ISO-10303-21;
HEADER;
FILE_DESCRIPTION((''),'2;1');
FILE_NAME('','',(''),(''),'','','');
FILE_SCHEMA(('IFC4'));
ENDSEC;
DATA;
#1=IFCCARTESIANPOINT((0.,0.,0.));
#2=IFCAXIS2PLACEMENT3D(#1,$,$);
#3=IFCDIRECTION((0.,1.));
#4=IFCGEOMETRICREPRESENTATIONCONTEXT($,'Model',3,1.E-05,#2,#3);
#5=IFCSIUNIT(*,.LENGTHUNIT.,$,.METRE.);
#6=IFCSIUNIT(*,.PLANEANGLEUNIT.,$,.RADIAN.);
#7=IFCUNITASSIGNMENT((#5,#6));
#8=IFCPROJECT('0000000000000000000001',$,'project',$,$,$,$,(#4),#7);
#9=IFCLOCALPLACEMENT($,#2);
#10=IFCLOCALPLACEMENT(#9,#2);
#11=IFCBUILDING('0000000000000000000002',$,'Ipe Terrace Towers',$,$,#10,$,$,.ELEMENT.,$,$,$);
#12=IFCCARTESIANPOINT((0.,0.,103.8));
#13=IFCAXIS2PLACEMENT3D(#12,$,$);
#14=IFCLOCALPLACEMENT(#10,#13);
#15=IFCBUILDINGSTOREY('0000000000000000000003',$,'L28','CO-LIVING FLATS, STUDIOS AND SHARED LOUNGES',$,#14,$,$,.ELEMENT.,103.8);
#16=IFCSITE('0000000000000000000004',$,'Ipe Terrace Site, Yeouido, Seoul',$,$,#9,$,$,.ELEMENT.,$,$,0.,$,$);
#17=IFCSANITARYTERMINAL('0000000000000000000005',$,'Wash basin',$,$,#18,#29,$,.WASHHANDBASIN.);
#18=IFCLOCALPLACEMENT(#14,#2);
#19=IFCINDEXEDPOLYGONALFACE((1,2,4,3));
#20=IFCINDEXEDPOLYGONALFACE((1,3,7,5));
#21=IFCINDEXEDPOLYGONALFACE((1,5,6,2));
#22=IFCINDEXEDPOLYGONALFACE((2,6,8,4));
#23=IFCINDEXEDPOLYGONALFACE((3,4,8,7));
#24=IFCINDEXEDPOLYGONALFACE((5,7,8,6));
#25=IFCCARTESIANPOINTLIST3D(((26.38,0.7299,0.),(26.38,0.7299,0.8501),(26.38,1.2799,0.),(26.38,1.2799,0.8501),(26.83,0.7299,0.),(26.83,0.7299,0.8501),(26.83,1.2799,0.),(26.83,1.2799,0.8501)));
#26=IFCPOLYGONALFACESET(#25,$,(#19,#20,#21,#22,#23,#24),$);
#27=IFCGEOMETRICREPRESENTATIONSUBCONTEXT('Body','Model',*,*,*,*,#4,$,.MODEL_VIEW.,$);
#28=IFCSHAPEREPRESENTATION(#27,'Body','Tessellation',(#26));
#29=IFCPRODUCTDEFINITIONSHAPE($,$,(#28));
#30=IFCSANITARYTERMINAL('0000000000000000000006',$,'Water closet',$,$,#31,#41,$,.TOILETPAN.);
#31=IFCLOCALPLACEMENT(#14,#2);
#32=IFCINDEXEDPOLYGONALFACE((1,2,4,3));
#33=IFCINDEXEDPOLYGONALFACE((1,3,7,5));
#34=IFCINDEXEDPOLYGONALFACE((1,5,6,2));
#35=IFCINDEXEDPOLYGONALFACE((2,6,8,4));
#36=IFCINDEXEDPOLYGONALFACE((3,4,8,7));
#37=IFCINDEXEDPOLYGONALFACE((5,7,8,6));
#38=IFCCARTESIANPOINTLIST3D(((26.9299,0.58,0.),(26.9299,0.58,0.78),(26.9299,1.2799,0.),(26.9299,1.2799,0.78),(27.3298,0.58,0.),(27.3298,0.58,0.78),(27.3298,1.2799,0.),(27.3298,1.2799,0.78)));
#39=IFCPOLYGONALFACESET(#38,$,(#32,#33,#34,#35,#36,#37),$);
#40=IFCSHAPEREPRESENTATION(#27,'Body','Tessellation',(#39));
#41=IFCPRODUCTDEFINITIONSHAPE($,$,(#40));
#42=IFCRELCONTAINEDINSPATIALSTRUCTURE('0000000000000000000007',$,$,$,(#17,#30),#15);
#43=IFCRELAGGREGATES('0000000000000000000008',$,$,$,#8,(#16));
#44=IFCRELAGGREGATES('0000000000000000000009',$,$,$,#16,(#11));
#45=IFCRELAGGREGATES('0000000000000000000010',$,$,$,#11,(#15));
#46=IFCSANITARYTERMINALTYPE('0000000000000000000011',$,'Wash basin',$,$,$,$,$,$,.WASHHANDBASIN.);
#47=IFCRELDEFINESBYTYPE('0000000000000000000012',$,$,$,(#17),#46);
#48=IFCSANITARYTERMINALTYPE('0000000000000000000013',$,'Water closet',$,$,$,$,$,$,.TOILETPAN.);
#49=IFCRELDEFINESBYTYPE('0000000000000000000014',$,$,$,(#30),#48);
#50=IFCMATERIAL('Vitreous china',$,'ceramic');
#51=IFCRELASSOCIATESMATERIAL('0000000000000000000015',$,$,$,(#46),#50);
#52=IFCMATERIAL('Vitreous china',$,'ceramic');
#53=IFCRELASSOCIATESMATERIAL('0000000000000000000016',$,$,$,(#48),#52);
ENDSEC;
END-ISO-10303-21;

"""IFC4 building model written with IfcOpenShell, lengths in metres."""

from ifc_helpers import new_model, si_unit, direction, frame, origin, origin_2d, place, context, subcontext, project, spatial, rectangle, extrude, material, type_object, element, save


model = new_model("IFC4")

# Units and contexts
model_context = context("Model", 3, precision=1e-05, world=origin(), true_north=direction((0.0, 1.0)))
body_context = subcontext(model_context, "Body", "Model", "MODEL_VIEW")
ifc_project = project(units=[si_unit("LENGTHUNIT", "METRE"), si_unit("PLANEANGLEUNIT", "RADIAN")], contexts=[model_context])

# Site, building, storey
site_placement = place(None, origin())
site = spatial("IfcSite", under=ifc_project, at=site_placement, Name="Ipe Terrace Site, Yeouido, Seoul", CompositionType="ELEMENT", RefElevation=0.0)
building_placement = place(site_placement, origin())
building = spatial("IfcBuilding", under=site, at=building_placement, Name="Ipe Terrace Towers", CompositionType="ELEMENT")
storey_placement = place(building_placement, frame((0.0, 0.0, 103.8)))
storey = spatial("IfcBuildingStorey", under=building, at=storey_placement, Name="L28", Description="CO-LIVING FLATS, STUDIOS AND SHARED LOUNGES", CompositionType="ELEMENT", Elevation=103.8)

# Sanitary terminals
ifc_material_1 = material(Name="Vitreous china", Category="ceramic")
sanitary_terminal_type_1 = type_object("IfcSanitaryTerminalType", Name="Wash basin", PredefinedType="WASHHANDBASIN", material=ifc_material_1)
sanitary_terminal_1_placement = place(storey_placement, frame((26.605, 1.0049, 0.0), z_axis=(0.0, 0.0, 1.0), x_axis=(0.0, -1.0, 0.0)))
element("IfcSanitaryTerminal", 1, at=sanitary_terminal_1_placement, inside=storey, type_object=sanitary_terminal_type_1, Name="Wash basin", PredefinedType="WASHHANDBASIN", context=body_context, shape_type="SweptSolid", body=[
    extrude(rectangle(XDim=0.55, YDim=0.45, at=origin_2d()), origin(), (0.0, 0.0, 1.0), 0.8501),
])
ifc_material_2 = material(Name="Vitreous china", Category="ceramic")
sanitary_terminal_type_2 = type_object("IfcSanitaryTerminalType", Name="Water closet", PredefinedType="TOILETPAN", material=ifc_material_2)
sanitary_terminal_2_placement = place(storey_placement, frame((27.1299, 0.9299, 0.0), z_axis=(0.0, 0.0, 1.0), x_axis=(0.0, -1.0, 0.0)))
element("IfcSanitaryTerminal", 2, at=sanitary_terminal_2_placement, inside=storey, type_object=sanitary_terminal_type_2, Name="Water closet", PredefinedType="TOILETPAN", context=body_context, shape_type="SweptSolid", body=[
    extrude(rectangle(XDim=0.7, YDim=0.3999, at=origin_2d()), origin(), (0.0, 0.0, 1.0), 0.78),
])

save(model, "model.ifc")
